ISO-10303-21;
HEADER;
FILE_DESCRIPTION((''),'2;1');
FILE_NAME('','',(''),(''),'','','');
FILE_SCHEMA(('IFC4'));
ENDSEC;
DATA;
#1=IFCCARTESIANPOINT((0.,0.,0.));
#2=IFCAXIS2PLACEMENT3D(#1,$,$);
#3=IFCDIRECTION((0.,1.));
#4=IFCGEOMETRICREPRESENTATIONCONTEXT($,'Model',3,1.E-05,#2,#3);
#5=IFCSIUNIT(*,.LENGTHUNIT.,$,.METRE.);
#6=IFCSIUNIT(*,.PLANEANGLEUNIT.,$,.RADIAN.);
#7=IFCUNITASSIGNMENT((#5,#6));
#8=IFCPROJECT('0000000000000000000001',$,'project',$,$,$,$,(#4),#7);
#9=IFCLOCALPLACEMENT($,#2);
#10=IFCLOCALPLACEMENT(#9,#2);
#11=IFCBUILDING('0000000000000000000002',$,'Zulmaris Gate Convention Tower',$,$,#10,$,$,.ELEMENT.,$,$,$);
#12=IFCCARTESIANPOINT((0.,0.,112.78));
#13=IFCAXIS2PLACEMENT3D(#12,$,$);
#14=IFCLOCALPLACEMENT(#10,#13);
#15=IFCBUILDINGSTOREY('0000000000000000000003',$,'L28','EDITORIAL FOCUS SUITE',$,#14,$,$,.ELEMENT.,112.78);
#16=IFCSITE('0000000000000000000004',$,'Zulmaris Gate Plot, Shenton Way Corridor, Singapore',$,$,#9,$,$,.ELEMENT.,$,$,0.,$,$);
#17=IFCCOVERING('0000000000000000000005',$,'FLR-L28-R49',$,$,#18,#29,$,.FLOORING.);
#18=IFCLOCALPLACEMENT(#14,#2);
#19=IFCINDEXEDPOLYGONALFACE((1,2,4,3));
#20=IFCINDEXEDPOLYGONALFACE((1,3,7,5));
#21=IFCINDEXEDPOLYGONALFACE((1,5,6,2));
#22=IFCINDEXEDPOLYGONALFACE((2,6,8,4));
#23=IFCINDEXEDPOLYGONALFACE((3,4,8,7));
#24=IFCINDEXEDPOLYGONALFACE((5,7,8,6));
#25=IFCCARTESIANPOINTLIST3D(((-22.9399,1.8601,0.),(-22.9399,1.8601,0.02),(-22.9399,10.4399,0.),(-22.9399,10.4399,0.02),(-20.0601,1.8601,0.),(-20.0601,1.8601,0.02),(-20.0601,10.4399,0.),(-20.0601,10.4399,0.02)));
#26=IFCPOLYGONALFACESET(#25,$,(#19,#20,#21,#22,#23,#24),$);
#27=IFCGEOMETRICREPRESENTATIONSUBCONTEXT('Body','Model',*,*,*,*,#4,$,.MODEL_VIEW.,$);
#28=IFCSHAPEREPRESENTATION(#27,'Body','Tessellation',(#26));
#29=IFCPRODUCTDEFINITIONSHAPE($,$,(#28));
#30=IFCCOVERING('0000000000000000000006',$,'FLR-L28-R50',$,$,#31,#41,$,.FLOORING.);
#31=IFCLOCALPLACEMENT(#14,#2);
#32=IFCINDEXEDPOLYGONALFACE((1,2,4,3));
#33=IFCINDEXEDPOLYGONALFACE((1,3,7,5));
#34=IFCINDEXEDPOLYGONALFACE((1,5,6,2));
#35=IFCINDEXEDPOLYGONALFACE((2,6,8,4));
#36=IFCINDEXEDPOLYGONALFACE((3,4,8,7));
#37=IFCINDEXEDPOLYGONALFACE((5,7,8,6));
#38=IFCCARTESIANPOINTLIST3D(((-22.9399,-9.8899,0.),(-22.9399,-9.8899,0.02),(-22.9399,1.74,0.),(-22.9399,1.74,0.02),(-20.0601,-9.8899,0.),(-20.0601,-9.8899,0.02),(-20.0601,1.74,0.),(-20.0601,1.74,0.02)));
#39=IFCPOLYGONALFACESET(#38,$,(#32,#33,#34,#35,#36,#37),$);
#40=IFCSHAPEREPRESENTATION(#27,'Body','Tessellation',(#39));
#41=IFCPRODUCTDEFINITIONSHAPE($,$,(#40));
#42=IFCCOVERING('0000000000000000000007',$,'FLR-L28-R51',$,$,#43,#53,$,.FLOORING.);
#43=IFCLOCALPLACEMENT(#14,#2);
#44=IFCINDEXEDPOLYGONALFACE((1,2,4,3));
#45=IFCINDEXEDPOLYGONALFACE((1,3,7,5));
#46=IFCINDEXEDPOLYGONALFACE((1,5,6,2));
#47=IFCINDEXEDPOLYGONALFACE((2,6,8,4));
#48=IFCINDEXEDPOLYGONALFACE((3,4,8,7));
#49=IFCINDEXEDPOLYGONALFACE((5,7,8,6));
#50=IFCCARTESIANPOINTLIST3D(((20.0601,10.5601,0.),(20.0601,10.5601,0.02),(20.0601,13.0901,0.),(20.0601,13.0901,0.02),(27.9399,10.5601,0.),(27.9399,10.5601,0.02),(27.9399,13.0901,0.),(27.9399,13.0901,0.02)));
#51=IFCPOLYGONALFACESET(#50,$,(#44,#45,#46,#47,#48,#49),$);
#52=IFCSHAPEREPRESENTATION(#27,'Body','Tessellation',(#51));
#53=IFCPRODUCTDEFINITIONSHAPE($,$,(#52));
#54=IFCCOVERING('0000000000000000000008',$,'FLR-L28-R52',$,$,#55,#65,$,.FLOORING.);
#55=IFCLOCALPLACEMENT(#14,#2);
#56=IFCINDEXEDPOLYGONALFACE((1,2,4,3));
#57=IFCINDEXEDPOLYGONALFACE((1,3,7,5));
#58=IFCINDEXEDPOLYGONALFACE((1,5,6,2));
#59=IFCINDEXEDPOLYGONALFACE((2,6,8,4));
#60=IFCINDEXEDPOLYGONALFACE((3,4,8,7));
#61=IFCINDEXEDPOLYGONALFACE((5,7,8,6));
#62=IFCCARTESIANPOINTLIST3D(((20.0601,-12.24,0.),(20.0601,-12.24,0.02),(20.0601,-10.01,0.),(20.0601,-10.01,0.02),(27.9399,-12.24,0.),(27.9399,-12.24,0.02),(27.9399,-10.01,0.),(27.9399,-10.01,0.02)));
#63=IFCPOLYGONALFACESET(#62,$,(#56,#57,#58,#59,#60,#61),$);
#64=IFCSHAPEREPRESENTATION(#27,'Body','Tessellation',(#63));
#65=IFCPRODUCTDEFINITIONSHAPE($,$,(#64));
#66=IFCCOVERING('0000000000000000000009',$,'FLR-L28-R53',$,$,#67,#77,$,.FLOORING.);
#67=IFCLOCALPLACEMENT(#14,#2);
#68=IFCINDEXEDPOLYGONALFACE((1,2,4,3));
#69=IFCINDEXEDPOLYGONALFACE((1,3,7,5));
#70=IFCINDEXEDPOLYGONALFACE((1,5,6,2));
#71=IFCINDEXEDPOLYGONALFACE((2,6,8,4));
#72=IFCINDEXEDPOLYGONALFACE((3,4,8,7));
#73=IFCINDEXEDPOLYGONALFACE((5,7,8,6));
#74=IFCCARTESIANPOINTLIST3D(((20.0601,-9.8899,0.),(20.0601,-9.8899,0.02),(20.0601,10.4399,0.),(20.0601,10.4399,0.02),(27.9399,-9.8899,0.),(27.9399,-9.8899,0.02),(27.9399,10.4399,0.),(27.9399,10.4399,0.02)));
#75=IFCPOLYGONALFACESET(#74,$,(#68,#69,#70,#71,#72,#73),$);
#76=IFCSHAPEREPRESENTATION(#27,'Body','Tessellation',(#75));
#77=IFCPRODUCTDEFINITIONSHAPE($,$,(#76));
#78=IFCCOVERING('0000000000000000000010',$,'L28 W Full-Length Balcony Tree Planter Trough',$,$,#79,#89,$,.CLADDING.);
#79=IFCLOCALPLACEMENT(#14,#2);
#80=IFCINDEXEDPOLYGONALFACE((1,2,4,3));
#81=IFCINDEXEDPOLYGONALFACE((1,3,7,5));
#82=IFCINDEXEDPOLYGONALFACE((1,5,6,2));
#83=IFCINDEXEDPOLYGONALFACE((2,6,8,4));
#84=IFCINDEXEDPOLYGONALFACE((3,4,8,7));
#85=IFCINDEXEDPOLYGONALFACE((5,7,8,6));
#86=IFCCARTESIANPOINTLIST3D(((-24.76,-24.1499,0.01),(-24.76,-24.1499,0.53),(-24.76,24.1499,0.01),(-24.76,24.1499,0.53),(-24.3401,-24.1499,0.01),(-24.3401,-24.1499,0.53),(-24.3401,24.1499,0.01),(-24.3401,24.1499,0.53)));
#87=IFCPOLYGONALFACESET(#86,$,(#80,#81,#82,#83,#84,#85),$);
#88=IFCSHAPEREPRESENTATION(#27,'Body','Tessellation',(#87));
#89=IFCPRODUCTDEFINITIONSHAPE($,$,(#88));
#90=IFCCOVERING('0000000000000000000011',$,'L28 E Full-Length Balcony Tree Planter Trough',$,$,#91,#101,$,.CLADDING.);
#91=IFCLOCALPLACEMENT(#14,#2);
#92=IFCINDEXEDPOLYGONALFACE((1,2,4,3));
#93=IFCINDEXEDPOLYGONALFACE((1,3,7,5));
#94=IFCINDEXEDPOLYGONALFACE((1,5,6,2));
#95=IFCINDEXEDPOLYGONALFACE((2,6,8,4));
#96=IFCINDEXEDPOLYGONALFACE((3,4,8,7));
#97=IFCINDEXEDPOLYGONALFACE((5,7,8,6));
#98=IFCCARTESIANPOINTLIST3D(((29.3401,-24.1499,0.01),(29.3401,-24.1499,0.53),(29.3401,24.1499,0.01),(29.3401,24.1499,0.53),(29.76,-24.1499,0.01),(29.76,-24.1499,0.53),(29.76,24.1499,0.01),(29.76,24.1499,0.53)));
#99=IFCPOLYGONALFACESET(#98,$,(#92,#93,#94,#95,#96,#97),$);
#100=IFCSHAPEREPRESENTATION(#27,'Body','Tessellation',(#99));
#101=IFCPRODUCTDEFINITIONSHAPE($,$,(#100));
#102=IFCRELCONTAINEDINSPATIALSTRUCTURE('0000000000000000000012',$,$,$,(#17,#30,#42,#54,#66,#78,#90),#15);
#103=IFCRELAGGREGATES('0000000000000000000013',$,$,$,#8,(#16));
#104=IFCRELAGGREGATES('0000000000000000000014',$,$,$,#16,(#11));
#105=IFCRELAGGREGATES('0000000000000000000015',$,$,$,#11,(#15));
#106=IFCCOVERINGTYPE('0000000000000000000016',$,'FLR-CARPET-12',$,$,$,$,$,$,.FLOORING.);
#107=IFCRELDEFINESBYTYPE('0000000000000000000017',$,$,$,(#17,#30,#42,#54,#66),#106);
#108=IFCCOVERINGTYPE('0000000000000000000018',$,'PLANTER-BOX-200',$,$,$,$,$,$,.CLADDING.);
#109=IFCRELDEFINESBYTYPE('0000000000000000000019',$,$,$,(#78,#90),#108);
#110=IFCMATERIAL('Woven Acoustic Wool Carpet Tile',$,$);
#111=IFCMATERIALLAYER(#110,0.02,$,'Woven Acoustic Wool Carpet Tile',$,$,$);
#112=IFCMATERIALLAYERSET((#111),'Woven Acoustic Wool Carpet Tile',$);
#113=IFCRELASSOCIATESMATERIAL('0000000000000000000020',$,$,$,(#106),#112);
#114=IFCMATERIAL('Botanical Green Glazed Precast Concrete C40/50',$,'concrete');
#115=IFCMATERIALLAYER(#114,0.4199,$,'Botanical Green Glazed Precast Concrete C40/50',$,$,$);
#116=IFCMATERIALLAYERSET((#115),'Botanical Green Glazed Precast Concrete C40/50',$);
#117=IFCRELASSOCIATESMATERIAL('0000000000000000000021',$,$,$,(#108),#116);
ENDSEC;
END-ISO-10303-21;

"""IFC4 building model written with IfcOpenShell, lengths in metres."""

from ifc_helpers import new_model, si_unit, direction, frame, origin, place, context, subcontext, project, spatial, polyline, outline, extrude, material, layer, layer_set, type_object, element, save


model = new_model("IFC4")

# Units and contexts
model_context = context("Model", 3, precision=1e-05, world=origin(), true_north=direction((0.0, 1.0)))
body_context = subcontext(model_context, "Body", "Model", "MODEL_VIEW")
ifc_project = project(units=[si_unit("LENGTHUNIT", "METRE"), si_unit("PLANEANGLEUNIT", "RADIAN")], contexts=[model_context])

# Site, building, storey
site_placement = place(None, origin())
site = spatial("IfcSite", under=ifc_project, at=site_placement, Name="Zulmaris Gate Plot, Shenton Way Corridor, Singapore", CompositionType="ELEMENT", RefElevation=0.0)
building_placement = place(site_placement, origin())
building = spatial("IfcBuilding", under=site, at=building_placement, Name="Zulmaris Gate Convention Tower", CompositionType="ELEMENT")
storey_placement = place(building_placement, frame((0.0, 0.0, 112.78)))
storey = spatial("IfcBuildingStorey", under=building, at=storey_placement, Name="L28", Description="EDITORIAL FOCUS SUITE", CompositionType="ELEMENT", Elevation=112.78)

# Coverings
ifc_material_1 = material(Name="Woven Acoustic Wool Carpet Tile")
ifc_layer_1 = layer(ifc_material_1, 0.02, Name="Woven Acoustic Wool Carpet Tile")
ifc_layer_set_1 = layer_set([ifc_layer_1], Name="Woven Acoustic Wool Carpet Tile")
covering_type_1 = type_object("IfcCoveringType", Name="FLR-CARPET-12", PredefinedType="FLOORING", material=ifc_layer_set_1)
covering_1_placement = place(storey_placement, origin())
element("IfcCovering", 1, at=covering_1_placement, inside=storey, type_object=covering_type_1, Name="FLR-L28-R49", PredefinedType="FLOORING", context=body_context, shape_type="SweptSolid", body=[
    extrude(outline(polyline([(-22.9399, 1.8601), (-20.0601, 1.8601), (-20.0601, 10.4399), (-22.9399, 10.4399), (-22.9399, 1.8601)])), origin(), (0.0, 0.0, 1.0), 0.02),
])
covering_2_placement = place(storey_placement, origin())
element("IfcCovering", 2, at=covering_2_placement, inside=storey, type_object=covering_type_1, Name="FLR-L28-R50", PredefinedType="FLOORING", context=body_context, shape_type="SweptSolid", body=[
    extrude(outline(polyline([(-22.9399, -9.8899), (-20.0601, -9.8899), (-20.0601, 1.74), (-22.9399, 1.74), (-22.9399, -9.8899)])), origin(), (0.0, 0.0, 1.0), 0.02),
])
covering_3_placement = place(storey_placement, origin())
element("IfcCovering", 3, at=covering_3_placement, inside=storey, type_object=covering_type_1, Name="FLR-L28-R51", PredefinedType="FLOORING", context=body_context, shape_type="SweptSolid", body=[
    extrude(outline(polyline([(20.0601, 10.5601), (27.9399, 10.5601), (27.9399, 13.0901), (20.0601, 13.0901), (20.0601, 10.5601)])), origin(), (0.0, 0.0, 1.0), 0.02),
])
covering_4_placement = place(storey_placement, origin())
element("IfcCovering", 4, at=covering_4_placement, inside=storey, type_object=covering_type_1, Name="FLR-L28-R52", PredefinedType="FLOORING", context=body_context, shape_type="SweptSolid", body=[
    extrude(outline(polyline([(20.0601, -12.24), (27.9399, -12.24), (27.9399, -10.01), (20.0601, -10.01), (20.0601, -12.24)])), origin(), (0.0, 0.0, 1.0), 0.02),
])
covering_5_placement = place(storey_placement, origin())
element("IfcCovering", 5, at=covering_5_placement, inside=storey, type_object=covering_type_1, Name="FLR-L28-R53", PredefinedType="FLOORING", context=body_context, shape_type="SweptSolid", body=[
    extrude(outline(polyline([(20.0601, -9.8899), (27.9399, -9.8899), (27.9399, 10.4399), (20.0601, 10.4399), (20.0601, -9.8899)])), origin(), (0.0, 0.0, 1.0), 0.02),
])
ifc_material_2 = material(Name="Botanical Green Glazed Precast Concrete C40/50", Category="concrete")
ifc_layer_2 = layer(ifc_material_2, 0.4199, Name="Botanical Green Glazed Precast Concrete C40/50")
ifc_layer_set_2 = layer_set([ifc_layer_2], Name="Botanical Green Glazed Precast Concrete C40/50")
covering_type_2 = type_object("IfcCoveringType", Name="PLANTER-BOX-200", PredefinedType="CLADDING", material=ifc_layer_set_2)
covering_6_placement = place(storey_placement, frame((0.0, 0.0, 0.01)))
element("IfcCovering", 6, at=covering_6_placement, inside=storey, type_object=covering_type_2, Name="L28 W Full-Length Balcony Tree Planter Trough", PredefinedType="CLADDING", context=body_context, shape_type="SweptSolid", body=[
    extrude(outline(polyline([(-24.76, -24.1499), (-24.3401, -24.1499), (-24.3401, 24.1499), (-24.76, 24.1499), (-24.76, -24.1499)])), origin(), (0.0, 0.0, 1.0), 0.52),
])
covering_7_placement = place(storey_placement, frame((0.0, 0.0, 0.01)))
element("IfcCovering", 7, at=covering_7_placement, inside=storey, type_object=covering_type_2, Name="L28 E Full-Length Balcony Tree Planter Trough", PredefinedType="CLADDING", context=body_context, shape_type="SweptSolid", body=[
    extrude(outline(polyline([(29.3401, -24.1499), (29.76, -24.1499), (29.76, 24.1499), (29.3401, 24.1499), (29.3401, -24.1499)])), origin(), (0.0, 0.0, 1.0), 0.52),
])

save(model, "model.ifc")
